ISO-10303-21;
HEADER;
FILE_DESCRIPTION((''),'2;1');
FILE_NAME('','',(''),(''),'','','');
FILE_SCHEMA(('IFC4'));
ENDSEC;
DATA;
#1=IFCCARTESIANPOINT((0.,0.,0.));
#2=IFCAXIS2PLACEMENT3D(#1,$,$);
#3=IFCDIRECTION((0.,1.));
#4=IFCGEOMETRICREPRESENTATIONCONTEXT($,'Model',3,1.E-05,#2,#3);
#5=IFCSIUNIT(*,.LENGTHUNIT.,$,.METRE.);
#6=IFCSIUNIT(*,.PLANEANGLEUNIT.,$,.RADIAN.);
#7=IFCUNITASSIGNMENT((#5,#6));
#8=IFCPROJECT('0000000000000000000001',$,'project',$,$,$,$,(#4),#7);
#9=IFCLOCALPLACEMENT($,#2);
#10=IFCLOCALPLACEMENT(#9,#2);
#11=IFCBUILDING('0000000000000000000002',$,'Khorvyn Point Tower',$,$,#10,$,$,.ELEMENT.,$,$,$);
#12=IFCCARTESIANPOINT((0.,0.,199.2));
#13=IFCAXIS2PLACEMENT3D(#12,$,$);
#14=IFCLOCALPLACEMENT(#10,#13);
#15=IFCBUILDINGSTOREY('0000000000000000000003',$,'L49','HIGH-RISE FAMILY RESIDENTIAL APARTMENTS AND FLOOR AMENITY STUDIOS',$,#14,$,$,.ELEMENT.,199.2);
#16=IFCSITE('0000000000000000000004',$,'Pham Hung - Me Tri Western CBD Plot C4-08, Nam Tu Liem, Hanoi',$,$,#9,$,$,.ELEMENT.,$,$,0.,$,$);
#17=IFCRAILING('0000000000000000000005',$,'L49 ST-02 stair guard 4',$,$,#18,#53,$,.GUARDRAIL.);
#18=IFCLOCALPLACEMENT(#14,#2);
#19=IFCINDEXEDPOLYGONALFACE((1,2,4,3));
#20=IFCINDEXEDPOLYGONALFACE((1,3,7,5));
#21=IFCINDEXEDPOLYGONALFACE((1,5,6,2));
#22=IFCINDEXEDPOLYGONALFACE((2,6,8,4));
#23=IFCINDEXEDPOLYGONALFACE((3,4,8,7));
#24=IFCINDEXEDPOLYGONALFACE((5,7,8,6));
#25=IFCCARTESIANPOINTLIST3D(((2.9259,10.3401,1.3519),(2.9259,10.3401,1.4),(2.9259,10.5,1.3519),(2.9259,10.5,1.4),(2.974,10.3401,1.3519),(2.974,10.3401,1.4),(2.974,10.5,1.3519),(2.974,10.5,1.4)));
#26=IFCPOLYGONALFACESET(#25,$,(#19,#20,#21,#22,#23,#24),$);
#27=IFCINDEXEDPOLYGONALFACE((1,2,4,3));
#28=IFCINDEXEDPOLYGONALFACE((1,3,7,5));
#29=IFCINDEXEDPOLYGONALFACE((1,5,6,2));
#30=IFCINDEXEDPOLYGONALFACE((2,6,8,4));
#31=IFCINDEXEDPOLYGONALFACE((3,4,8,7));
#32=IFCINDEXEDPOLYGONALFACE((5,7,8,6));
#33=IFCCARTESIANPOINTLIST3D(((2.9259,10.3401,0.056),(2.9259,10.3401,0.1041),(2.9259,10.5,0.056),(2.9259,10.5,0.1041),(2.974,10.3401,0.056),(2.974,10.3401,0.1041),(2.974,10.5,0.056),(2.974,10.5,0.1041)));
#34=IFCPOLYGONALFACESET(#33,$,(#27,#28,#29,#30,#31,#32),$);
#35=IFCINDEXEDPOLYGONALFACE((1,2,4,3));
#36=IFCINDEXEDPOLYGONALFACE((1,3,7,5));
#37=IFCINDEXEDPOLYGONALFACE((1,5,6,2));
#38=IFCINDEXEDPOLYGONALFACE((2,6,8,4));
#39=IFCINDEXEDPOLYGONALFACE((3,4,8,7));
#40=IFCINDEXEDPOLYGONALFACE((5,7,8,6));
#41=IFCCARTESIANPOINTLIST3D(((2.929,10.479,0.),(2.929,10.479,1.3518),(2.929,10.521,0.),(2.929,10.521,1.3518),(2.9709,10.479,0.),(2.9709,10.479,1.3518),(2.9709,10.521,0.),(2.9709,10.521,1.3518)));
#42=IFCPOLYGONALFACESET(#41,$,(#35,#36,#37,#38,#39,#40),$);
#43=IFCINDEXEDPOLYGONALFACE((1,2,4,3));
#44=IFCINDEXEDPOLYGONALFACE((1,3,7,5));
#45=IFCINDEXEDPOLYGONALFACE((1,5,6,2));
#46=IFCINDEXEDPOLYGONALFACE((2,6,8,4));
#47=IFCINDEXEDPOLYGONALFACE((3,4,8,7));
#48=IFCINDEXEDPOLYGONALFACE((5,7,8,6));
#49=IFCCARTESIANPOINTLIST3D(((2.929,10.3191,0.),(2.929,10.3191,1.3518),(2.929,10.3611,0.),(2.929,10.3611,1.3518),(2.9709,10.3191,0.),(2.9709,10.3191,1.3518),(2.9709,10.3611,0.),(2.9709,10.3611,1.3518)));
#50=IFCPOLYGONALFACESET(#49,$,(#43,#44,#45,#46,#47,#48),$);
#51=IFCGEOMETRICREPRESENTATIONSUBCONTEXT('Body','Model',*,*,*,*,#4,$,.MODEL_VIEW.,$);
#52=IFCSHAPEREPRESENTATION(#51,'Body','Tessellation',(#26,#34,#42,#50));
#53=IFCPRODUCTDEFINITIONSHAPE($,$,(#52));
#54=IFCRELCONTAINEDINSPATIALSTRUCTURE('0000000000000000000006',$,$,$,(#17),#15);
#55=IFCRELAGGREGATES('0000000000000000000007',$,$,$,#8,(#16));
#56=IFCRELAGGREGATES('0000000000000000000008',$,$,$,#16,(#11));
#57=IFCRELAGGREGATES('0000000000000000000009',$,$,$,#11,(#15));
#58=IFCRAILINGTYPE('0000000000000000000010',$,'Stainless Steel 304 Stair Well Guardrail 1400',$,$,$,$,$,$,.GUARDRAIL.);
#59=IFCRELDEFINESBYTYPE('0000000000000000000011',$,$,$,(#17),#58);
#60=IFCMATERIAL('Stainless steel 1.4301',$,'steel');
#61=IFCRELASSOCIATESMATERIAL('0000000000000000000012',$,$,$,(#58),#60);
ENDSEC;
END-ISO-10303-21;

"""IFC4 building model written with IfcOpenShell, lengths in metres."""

from ifc_helpers import new_model, si_unit, direction, frame, origin, origin_2d, place, context, subcontext, project, spatial, rectangle, extrude, material, type_object, element, save


model = new_model("IFC4")

# Units and contexts
model_context = context("Model", 3, precision=1e-05, world=origin(), true_north=direction((0.0, 1.0)))
body_context = subcontext(model_context, "Body", "Model", "MODEL_VIEW")
ifc_project = project(units=[si_unit("LENGTHUNIT", "METRE"), si_unit("PLANEANGLEUNIT", "RADIAN")], contexts=[model_context])

# Site, building, storey
site_placement = place(None, origin())
site = spatial("IfcSite", under=ifc_project, at=site_placement, Name="Pham Hung - Me Tri Western CBD Plot C4-08, Nam Tu Liem, Hanoi", CompositionType="ELEMENT", RefElevation=0.0)
building_placement = place(site_placement, origin())
building = spatial("IfcBuilding", under=site, at=building_placement, Name="Khorvyn Point Tower", CompositionType="ELEMENT")
storey_placement = place(building_placement, frame((0.0, 0.0, 199.2)))
storey = spatial("IfcBuildingStorey", under=building, at=storey_placement, Name="L49", Description="HIGH-RISE FAMILY RESIDENTIAL APARTMENTS AND FLOOR AMENITY STUDIOS", CompositionType="ELEMENT", Elevation=199.2)

# Railing
ifc_material_1 = material(Name="Stainless steel 1.4301", Category="steel")
railing_type_1 = type_object("IfcRailingType", Name="Stainless Steel 304 Stair Well Guardrail 1400", PredefinedType="GUARDRAIL", material=ifc_material_1)
railing_1_placement = place(storey_placement, frame((2.95, 10.5, 0.0)))
element("IfcRailing", 1, at=railing_1_placement, inside=storey, type_object=railing_type_1, Name="L49 ST-02 stair guard 4", PredefinedType="GUARDRAIL", context=body_context, shape_type="SweptSolid", body=[
    extrude(rectangle(XDim=0.0481, YDim=0.0481, at=origin_2d()), frame((0.0, 0.0, 1.376), z_axis=(0.0, -1.0, 0.0), x_axis=(1.0, 0.0, 0.0)), (0.0, 0.0, 1.0), 0.1599),
    extrude(rectangle(XDim=0.0481, YDim=0.0481, at=origin_2d()), frame((0.0, 0.0, 0.0801), z_axis=(0.0, -1.0, 0.0), x_axis=(1.0, 0.0, 0.0)), (0.0, 0.0, 1.0), 0.1599),
    extrude(rectangle(XDim=0.042, YDim=0.042, at=origin_2d()), origin(), (0.0, 0.0, 1.0), 1.3518),
    extrude(rectangle(XDim=0.042, YDim=0.042, at=origin_2d()), frame((0.0, -0.1599, 0.0)), (0.0, 0.0, 1.0), 1.3518),
])

save(model, "model.ifc")
